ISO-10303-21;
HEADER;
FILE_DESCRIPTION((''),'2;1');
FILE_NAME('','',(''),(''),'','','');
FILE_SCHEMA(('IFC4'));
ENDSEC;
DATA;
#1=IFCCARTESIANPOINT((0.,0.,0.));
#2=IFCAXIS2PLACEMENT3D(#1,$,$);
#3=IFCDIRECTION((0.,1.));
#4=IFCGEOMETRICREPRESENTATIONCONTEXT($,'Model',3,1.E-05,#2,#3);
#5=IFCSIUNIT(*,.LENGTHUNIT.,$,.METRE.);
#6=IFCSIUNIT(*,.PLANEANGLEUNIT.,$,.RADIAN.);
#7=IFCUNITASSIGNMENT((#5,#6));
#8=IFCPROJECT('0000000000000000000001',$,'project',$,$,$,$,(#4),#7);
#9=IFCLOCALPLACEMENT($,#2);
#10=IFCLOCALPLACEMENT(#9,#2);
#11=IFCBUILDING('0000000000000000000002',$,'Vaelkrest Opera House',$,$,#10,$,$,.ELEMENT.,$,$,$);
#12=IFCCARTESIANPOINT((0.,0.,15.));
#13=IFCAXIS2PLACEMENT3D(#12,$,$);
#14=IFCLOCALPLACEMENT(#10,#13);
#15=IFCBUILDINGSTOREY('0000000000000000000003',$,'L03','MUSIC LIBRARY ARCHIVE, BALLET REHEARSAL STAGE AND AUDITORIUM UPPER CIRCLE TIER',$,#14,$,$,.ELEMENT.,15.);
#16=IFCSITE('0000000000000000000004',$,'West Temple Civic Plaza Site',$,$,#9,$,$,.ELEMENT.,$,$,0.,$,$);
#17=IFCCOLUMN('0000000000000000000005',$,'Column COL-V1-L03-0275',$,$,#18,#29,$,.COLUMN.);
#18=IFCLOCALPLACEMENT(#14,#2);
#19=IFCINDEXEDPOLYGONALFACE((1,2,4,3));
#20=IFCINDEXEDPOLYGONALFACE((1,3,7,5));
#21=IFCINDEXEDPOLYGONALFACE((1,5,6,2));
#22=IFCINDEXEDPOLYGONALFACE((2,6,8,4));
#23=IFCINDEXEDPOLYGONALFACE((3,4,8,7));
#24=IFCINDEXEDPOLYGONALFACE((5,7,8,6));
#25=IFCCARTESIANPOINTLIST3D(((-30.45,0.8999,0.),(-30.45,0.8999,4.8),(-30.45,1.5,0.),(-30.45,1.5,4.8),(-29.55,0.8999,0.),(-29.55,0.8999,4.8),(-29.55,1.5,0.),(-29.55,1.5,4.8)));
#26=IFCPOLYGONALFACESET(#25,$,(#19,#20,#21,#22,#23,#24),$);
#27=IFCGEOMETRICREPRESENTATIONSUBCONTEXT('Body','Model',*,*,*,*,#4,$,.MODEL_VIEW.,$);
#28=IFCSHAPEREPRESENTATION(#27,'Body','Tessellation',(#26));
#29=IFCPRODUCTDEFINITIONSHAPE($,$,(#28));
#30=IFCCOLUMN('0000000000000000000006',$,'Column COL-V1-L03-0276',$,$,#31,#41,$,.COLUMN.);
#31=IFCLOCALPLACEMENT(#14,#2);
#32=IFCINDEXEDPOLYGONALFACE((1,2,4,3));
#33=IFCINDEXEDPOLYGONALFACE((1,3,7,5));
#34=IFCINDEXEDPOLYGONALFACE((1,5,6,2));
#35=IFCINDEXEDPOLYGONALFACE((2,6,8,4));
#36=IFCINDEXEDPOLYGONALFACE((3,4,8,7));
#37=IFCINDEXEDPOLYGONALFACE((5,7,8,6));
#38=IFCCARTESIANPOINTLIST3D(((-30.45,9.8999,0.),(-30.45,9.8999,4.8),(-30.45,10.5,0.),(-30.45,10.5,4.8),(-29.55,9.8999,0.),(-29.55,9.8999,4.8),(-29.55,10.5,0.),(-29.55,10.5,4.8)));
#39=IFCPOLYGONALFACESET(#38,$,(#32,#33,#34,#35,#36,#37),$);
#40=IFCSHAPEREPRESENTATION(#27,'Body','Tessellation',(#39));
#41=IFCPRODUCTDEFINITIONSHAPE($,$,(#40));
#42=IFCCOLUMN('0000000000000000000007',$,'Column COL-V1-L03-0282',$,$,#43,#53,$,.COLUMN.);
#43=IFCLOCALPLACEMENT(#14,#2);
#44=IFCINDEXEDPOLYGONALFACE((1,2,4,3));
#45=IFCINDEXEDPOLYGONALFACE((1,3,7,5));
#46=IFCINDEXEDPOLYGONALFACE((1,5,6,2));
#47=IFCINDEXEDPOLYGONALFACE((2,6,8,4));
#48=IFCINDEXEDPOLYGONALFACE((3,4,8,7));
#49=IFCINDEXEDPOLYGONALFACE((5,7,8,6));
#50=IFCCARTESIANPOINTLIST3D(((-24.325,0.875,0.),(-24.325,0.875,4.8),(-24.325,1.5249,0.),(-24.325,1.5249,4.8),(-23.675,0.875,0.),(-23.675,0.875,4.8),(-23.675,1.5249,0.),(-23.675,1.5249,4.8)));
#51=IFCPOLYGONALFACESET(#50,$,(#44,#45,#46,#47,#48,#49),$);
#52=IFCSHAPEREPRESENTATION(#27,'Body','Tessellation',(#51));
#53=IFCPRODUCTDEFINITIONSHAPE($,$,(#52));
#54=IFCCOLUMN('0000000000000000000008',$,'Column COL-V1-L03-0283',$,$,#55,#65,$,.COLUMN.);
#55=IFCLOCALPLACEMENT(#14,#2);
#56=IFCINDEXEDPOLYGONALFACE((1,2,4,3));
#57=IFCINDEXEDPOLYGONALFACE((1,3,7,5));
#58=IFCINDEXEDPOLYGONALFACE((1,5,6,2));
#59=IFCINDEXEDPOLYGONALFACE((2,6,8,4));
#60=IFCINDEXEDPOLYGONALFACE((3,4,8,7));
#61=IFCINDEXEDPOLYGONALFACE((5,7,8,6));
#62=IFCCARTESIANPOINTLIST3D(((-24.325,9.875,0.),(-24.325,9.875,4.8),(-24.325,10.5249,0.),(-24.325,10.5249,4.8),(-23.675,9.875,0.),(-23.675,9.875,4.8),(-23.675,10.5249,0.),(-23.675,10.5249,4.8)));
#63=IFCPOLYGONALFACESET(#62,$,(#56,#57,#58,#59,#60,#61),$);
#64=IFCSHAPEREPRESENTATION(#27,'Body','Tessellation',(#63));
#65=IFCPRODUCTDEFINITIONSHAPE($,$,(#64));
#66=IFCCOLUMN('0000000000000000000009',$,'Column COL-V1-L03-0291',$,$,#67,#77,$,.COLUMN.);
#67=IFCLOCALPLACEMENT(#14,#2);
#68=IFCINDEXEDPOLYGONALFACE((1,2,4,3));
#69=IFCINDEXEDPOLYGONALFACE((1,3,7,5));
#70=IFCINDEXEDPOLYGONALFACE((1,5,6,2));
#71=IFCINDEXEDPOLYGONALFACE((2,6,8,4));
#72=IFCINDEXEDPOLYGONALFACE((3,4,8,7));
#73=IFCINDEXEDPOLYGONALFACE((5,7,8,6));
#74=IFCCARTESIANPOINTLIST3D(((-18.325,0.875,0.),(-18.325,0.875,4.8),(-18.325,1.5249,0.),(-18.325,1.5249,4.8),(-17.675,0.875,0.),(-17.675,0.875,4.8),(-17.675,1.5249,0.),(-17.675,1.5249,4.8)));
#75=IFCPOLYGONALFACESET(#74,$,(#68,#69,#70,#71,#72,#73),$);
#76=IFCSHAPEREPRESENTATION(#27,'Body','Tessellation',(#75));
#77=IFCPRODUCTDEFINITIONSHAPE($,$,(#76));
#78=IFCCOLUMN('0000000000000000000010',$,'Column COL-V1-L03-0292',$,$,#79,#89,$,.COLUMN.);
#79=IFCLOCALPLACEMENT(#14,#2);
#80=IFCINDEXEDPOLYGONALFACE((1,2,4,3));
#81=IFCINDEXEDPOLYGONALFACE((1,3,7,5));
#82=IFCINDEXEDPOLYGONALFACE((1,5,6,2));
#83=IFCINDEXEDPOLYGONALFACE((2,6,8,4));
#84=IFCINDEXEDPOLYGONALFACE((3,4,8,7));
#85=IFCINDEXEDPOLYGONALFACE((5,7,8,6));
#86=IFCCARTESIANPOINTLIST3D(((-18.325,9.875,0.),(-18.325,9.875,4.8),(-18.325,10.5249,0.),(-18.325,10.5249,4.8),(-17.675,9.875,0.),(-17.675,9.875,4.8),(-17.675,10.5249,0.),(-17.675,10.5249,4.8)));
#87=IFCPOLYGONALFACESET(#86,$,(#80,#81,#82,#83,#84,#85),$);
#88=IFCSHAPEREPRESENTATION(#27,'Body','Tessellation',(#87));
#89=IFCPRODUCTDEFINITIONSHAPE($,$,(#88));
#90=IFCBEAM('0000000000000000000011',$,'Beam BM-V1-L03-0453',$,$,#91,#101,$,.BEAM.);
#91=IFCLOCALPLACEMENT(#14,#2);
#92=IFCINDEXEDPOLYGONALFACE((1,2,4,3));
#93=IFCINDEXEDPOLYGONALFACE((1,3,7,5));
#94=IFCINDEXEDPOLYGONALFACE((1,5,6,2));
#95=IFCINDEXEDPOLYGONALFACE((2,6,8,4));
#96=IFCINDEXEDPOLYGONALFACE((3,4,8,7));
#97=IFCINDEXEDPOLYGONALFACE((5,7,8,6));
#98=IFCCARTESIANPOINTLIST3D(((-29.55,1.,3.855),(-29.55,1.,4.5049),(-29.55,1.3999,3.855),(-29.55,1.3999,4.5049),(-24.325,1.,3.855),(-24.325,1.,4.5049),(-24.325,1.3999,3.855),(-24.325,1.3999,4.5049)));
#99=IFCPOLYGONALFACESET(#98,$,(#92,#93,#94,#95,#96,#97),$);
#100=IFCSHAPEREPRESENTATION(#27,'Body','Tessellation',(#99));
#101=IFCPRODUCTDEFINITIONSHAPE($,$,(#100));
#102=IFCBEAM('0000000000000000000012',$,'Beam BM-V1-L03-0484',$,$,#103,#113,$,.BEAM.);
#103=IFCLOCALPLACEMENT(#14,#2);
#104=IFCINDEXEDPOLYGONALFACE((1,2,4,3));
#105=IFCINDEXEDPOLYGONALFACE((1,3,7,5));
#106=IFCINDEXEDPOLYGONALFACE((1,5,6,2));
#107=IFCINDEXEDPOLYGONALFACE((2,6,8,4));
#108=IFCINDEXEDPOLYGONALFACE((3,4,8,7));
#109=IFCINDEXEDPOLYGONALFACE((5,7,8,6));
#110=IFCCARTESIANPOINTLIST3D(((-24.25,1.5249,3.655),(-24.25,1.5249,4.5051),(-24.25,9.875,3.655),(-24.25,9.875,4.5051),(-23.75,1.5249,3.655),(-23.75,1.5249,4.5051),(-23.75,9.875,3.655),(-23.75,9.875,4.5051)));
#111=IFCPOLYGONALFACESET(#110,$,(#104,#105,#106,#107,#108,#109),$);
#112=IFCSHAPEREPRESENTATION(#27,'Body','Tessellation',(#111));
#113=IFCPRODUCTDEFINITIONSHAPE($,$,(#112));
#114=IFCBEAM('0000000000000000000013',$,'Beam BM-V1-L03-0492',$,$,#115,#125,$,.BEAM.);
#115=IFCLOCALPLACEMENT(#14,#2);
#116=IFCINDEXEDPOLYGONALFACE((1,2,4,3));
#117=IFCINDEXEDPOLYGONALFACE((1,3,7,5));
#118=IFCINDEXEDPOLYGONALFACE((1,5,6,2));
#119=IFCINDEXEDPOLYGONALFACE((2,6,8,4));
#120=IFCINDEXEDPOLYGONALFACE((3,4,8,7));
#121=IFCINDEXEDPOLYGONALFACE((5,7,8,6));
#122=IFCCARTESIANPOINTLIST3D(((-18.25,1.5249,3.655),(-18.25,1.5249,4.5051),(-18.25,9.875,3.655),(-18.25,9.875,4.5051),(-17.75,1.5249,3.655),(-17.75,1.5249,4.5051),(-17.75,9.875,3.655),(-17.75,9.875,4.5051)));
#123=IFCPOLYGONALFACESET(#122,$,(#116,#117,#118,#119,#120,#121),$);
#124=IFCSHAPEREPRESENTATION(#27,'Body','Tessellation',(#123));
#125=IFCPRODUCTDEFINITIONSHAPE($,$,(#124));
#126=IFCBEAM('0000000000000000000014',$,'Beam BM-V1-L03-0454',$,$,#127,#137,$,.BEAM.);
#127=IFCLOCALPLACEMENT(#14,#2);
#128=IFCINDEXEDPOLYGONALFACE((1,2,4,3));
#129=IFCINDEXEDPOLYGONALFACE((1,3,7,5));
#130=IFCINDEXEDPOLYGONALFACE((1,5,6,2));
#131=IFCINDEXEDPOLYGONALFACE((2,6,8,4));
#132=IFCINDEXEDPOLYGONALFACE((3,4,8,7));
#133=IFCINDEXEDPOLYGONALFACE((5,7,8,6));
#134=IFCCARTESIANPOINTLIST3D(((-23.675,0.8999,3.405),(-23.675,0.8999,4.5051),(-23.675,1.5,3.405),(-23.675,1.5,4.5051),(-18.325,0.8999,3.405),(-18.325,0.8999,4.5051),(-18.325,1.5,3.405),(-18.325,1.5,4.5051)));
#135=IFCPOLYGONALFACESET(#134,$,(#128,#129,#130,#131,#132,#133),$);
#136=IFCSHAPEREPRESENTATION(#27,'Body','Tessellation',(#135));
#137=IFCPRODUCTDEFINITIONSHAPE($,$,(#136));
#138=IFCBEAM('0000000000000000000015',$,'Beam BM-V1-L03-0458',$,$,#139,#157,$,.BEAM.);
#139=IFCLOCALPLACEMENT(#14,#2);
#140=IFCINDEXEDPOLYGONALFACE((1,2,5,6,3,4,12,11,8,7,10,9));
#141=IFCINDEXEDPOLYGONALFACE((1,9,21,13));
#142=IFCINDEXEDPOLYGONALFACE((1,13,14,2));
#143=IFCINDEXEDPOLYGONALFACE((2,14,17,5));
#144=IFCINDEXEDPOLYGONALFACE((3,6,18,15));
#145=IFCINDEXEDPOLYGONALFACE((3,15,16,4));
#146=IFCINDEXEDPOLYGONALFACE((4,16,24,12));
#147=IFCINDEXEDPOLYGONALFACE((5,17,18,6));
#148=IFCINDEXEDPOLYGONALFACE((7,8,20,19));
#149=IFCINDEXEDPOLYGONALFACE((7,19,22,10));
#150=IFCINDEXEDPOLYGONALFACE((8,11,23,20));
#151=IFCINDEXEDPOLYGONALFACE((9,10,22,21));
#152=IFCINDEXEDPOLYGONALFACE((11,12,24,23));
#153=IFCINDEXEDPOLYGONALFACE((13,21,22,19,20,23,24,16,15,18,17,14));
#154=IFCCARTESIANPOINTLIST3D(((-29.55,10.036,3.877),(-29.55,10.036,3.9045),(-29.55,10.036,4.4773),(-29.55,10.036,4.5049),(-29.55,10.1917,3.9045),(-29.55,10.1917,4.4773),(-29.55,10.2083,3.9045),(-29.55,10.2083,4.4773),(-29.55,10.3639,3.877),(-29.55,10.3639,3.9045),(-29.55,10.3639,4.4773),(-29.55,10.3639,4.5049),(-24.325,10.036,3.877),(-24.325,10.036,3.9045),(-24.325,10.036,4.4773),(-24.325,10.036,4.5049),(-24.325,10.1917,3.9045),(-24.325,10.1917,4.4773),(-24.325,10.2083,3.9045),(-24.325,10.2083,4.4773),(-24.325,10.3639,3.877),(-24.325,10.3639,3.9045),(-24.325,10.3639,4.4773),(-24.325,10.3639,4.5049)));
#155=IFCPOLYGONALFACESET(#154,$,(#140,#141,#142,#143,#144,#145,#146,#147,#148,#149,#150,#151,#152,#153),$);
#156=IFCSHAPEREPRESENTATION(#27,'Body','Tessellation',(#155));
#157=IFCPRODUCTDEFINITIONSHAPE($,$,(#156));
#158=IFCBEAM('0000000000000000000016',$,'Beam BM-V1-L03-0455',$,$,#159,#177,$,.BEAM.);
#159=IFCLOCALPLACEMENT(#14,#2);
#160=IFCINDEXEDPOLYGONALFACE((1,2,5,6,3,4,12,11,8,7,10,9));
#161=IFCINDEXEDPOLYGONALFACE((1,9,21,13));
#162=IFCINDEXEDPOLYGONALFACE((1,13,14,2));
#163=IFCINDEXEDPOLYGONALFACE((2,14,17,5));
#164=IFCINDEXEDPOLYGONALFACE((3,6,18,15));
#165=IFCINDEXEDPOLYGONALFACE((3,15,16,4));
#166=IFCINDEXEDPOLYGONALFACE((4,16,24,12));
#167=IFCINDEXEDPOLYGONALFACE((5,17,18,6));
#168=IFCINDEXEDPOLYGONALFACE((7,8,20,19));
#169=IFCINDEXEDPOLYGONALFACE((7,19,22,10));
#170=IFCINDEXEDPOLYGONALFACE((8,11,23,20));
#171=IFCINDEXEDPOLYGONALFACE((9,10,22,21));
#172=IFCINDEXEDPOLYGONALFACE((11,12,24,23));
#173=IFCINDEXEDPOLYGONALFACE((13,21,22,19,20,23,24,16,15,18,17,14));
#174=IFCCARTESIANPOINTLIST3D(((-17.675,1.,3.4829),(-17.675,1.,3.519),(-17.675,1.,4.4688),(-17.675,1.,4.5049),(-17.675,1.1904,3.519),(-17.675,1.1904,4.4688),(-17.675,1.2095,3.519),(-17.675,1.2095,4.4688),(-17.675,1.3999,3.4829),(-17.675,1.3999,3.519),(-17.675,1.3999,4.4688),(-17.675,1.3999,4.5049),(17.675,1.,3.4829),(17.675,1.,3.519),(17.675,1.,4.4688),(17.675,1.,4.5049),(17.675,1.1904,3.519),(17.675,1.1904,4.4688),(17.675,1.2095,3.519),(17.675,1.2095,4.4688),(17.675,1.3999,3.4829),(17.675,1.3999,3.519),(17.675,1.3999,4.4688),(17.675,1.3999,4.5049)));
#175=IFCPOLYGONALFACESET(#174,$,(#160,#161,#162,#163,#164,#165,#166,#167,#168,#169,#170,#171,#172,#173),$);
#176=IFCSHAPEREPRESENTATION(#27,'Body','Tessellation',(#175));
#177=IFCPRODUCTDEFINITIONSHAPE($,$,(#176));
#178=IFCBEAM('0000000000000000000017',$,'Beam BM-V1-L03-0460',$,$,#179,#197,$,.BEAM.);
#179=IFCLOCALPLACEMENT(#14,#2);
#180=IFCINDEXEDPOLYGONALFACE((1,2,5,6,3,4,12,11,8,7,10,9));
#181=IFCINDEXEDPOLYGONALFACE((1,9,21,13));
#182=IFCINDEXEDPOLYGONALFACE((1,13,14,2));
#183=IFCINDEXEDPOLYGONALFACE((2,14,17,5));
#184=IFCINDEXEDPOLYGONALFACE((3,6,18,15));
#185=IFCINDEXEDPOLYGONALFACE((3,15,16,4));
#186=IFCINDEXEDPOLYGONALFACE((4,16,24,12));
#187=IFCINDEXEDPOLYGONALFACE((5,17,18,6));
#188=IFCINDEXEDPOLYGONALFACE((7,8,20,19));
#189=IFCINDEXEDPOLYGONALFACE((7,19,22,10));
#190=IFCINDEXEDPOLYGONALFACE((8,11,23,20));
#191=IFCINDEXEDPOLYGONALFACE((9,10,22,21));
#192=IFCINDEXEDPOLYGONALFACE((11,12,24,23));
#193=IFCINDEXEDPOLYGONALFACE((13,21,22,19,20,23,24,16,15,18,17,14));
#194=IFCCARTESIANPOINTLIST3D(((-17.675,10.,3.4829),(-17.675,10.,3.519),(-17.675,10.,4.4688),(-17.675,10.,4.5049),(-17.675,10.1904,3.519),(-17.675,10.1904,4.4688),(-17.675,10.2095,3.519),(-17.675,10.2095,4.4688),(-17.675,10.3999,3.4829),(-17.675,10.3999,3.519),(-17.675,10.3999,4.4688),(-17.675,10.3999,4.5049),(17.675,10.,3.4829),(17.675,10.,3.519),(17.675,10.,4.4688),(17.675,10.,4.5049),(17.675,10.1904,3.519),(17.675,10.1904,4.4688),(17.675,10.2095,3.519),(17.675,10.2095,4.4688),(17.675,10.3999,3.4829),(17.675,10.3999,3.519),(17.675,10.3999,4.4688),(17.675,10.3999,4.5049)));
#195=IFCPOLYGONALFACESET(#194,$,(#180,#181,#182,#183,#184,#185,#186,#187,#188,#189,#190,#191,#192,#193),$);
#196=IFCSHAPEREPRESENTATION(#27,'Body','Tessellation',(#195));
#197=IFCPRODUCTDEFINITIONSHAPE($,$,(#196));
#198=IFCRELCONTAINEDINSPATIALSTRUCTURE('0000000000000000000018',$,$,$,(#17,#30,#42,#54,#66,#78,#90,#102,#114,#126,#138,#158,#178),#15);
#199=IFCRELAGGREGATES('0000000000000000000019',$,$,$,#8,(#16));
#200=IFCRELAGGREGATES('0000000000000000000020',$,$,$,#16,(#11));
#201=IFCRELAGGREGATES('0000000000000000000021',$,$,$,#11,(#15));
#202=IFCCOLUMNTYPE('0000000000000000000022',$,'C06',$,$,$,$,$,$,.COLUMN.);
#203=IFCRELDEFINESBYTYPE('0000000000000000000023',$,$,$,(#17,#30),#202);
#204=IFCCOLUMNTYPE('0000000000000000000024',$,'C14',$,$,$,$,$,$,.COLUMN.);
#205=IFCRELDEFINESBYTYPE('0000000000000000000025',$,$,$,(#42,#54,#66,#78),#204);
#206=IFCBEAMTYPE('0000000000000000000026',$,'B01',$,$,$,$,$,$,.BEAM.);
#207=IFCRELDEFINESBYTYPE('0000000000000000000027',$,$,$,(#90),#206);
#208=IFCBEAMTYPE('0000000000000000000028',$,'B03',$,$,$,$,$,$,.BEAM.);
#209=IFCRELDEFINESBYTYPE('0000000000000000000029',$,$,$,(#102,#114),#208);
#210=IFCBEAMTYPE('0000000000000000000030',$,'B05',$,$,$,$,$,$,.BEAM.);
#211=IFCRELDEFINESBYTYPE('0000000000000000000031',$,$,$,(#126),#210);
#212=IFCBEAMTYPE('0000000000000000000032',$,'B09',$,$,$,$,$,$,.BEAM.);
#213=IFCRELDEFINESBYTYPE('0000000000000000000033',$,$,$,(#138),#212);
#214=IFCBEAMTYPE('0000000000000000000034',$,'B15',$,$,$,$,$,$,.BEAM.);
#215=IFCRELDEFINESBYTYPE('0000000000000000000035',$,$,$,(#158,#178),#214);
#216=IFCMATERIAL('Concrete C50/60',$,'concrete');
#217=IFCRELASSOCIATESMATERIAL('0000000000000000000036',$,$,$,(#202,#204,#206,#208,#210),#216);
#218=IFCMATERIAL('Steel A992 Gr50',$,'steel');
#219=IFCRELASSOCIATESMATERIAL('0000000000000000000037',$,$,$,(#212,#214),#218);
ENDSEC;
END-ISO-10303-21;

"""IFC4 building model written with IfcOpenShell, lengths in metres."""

from ifc_helpers import new_model, si_unit, direction, frame, origin, origin_2d, place, context, subcontext, project, spatial, rectangle, i_section, extrude, material, material_profile, profile_set, type_object, element, save


model = new_model("IFC4")

# Units and contexts
model_context = context("Model", 3, precision=1e-05, world=origin(), true_north=direction((0.0, 1.0)))
body_context = subcontext(model_context, "Body", "Model", "MODEL_VIEW")
ifc_project = project(units=[si_unit("LENGTHUNIT", "METRE"), si_unit("PLANEANGLEUNIT", "RADIAN")], contexts=[model_context])

# Site, building, storey
site_placement = place(None, origin())
site = spatial("IfcSite", under=ifc_project, at=site_placement, Name="West Temple Civic Plaza Site", CompositionType="ELEMENT", RefElevation=0.0)
building_placement = place(site_placement, origin())
building = spatial("IfcBuilding", under=site, at=building_placement, Name="Vaelkrest Opera House", CompositionType="ELEMENT")
storey_placement = place(building_placement, frame((0.0, 0.0, 15.0)))
storey = spatial("IfcBuildingStorey", under=building, at=storey_placement, Name="L03", Description="MUSIC LIBRARY ARCHIVE, BALLET REHEARSAL STAGE AND AUDITORIUM UPPER CIRCLE TIER", CompositionType="ELEMENT", Elevation=15.0)

# Columns
ifc_material_1 = material(Name="Concrete C50/60", Category="concrete")
ifc_material_profile_1 = material_profile(ifc_material_1, rectangle(XDim=0.6001, YDim=0.8999, at=origin_2d()), Name="RC600X900")
ifc_profile_set_1 = profile_set([ifc_material_profile_1], Name="Concrete C50/60")
column_type_1 = type_object("IfcColumnType", Name="C06", PredefinedType="COLUMN", material=ifc_profile_set_1)
for number, where, z_axis, x_axis, name in (
    (1, (-30.0, 1.2, 0.0), (0.0, 0.0, 1.0), (0.0, 1.0, 0.0), "Column COL-V1-L03-0275"),
    (2, (-30.0, 10.2, 0.0), (0.0, 0.0, 1.0), (0.0, 1.0, 0.0), "Column COL-V1-L03-0276"),
):
    element("IfcColumn", number, at=place(storey_placement, frame(where, z_axis=z_axis, x_axis=x_axis)), inside=storey, type_object=column_type_1, Name=name, PredefinedType="COLUMN", context=body_context, shape_type="SweptSolid", body=[
        extrude(rectangle(XDim=0.6001, YDim=0.8999, at=origin_2d()), origin(), (0.0, 0.0, 1.0), 4.8),
    ])
ifc_material_profile_2 = material_profile(ifc_material_1, rectangle(XDim=0.6499, YDim=0.6499, at=origin_2d()), Name="RC650X650")
ifc_profile_set_2 = profile_set([ifc_material_profile_2], Name="Concrete C50/60")
column_type_2 = type_object("IfcColumnType", Name="C14", PredefinedType="COLUMN", material=ifc_profile_set_2)
for number, where, z_axis, x_axis, name in (
    (3, (-24.0, 1.2, 0.0), (0.0, 0.0, 1.0), (1.0, 0.0, 0.0), "Column COL-V1-L03-0282"),
    (4, (-24.0, 10.2, 0.0), (0.0, 0.0, 1.0), (1.0, 0.0, 0.0), "Column COL-V1-L03-0283"),
    (5, (-18.0, 1.2, 0.0), (0.0, 0.0, 1.0), (1.0, 0.0, 0.0), "Column COL-V1-L03-0291"),
    (6, (-18.0, 10.2, 0.0), (0.0, 0.0, 1.0), (1.0, 0.0, 0.0), "Column COL-V1-L03-0292"),
):
    element("IfcColumn", number, at=place(storey_placement, frame(where, z_axis=z_axis, x_axis=x_axis)), inside=storey, type_object=column_type_2, Name=name, PredefinedType="COLUMN", context=body_context, shape_type="SweptSolid", body=[
        extrude(rectangle(XDim=0.6499, YDim=0.6499, at=origin_2d()), origin(), (0.0, 0.0, 1.0), 4.8),
    ])

# Beams
ifc_material_profile_3 = material_profile(ifc_material_1, rectangle(XDim=0.3999, YDim=0.6499, at=origin_2d()), Name="RCB400X650")
ifc_profile_set_3 = profile_set([ifc_material_profile_3], Name="Concrete C50/60")
beam_type_1 = type_object("IfcBeamType", Name="B01", PredefinedType="BEAM", material=ifc_profile_set_3)
beam_1_placement = place(storey_placement, frame((-29.55, 1.2, 4.1799), z_axis=(1.0, 0.0, 0.0), x_axis=(0.0, 1.0, 0.0)))
element("IfcBeam", 7, at=beam_1_placement, inside=storey, type_object=beam_type_1, Name="Beam BM-V1-L03-0453", PredefinedType="BEAM", context=body_context, shape_type="SweptSolid", body=[
    extrude(rectangle(XDim=0.3999, YDim=0.6499, at=origin_2d()), origin(), (0.0, 0.0, 1.0), 5.2251),
])
ifc_material_profile_4 = material_profile(ifc_material_1, rectangle(XDim=0.5, YDim=0.8501, at=origin_2d()), Name="RCB500X850")
ifc_profile_set_4 = profile_set([ifc_material_profile_4], Name="Concrete C50/60")
beam_type_2 = type_object("IfcBeamType", Name="B03", PredefinedType="BEAM", material=ifc_profile_set_4)
for number, where, z_axis, x_axis, name in (
    (8, (-24.0, 1.5249, 4.0801), (0.0, 1.0, 0.0), (-1.0, 0.0, 0.0), "Beam BM-V1-L03-0484"),
    (9, (-18.0, 1.5249, 4.0801), (0.0, 1.0, 0.0), (-1.0, 0.0, 0.0), "Beam BM-V1-L03-0492"),
):
    element("IfcBeam", number, at=place(storey_placement, frame(where, z_axis=z_axis, x_axis=x_axis)), inside=storey, type_object=beam_type_2, Name=name, PredefinedType="BEAM", context=body_context, shape_type="SweptSolid", body=[
        extrude(rectangle(XDim=0.5, YDim=0.8501, at=origin_2d()), origin(), (0.0, 0.0, 1.0), 8.3501),
    ])
ifc_material_profile_5 = material_profile(ifc_material_1, rectangle(XDim=0.6001, YDim=1.1001, at=origin_2d()), Name="RCB600X1100")
ifc_profile_set_5 = profile_set([ifc_material_profile_5], Name="Concrete C50/60")
beam_type_3 = type_object("IfcBeamType", Name="B05", PredefinedType="BEAM", material=ifc_profile_set_5)
beam_2_placement = place(storey_placement, frame((-23.675, 1.2, 3.9551), z_axis=(1.0, 0.0, 0.0), x_axis=(0.0, 1.0, 0.0)))
element("IfcBeam", 10, at=beam_2_placement, inside=storey, type_object=beam_type_3, Name="Beam BM-V1-L03-0454", PredefinedType="BEAM", context=body_context, shape_type="SweptSolid", body=[
    extrude(rectangle(XDim=0.6001, YDim=1.1001, at=origin_2d()), origin(), (0.0, 0.0, 1.0), 5.3501),
])
ifc_material_2 = material(Name="Steel A992 Gr50", Category="steel")
ifc_material_profile_6 = material_profile(ifc_material_2, i_section(OverallWidth=0.3279, OverallDepth=0.6279, WebThickness=0.0166, FlangeThickness=0.0276, at=origin_2d()), Name="W24X146")
ifc_profile_set_6 = profile_set([ifc_material_profile_6], Name="Steel A992 Gr50")
beam_type_4 = type_object("IfcBeamType", Name="B09", PredefinedType="BEAM", material=ifc_profile_set_6)
beam_3_placement = place(storey_placement, frame((-29.55, 10.2, 4.1909), z_axis=(1.0, 0.0, 0.0), x_axis=(0.0, 1.0, 0.0)))
element("IfcBeam", 11, at=beam_3_placement, inside=storey, type_object=beam_type_4, Name="Beam BM-V1-L03-0458", PredefinedType="BEAM", context=body_context, shape_type="SweptSolid", body=[
    extrude(i_section(OverallWidth=0.3279, OverallDepth=0.6279, WebThickness=0.0166, FlangeThickness=0.0276, at=origin_2d()), origin(), (0.0, 0.0, 1.0), 5.2251),
])
ifc_material_profile_7 = material_profile(ifc_material_2, i_section(OverallWidth=0.3999, OverallDepth=1.022, WebThickness=0.019, FlangeThickness=0.0361, at=origin_2d()), Name="W40X249")
ifc_profile_set_7 = profile_set([ifc_material_profile_7], Name="Steel A992 Gr50")
beam_type_5 = type_object("IfcBeamType", Name="B15", PredefinedType="BEAM", material=ifc_profile_set_7)
for number, where, z_axis, x_axis, name in (
    (12, (-17.675, 1.2, 3.9939), (1.0, 0.0, 0.0), (0.0, 1.0, 0.0), "Beam BM-V1-L03-0455"),
    (13, (-17.675, 10.2, 3.9939), (1.0, 0.0, 0.0), (0.0, 1.0, 0.0), "Beam BM-V1-L03-0460"),
):
    element("IfcBeam", number, at=place(storey_placement, frame(where, z_axis=z_axis, x_axis=x_axis)), inside=storey, type_object=beam_type_5, Name=name, PredefinedType="BEAM", context=body_context, shape_type="SweptSolid", body=[
        extrude(i_section(OverallWidth=0.3999, OverallDepth=1.022, WebThickness=0.019, FlangeThickness=0.0361, at=origin_2d()), origin(), (0.0, 0.0, 1.0), 35.3501),
    ])

save(model, "model.ifc")
